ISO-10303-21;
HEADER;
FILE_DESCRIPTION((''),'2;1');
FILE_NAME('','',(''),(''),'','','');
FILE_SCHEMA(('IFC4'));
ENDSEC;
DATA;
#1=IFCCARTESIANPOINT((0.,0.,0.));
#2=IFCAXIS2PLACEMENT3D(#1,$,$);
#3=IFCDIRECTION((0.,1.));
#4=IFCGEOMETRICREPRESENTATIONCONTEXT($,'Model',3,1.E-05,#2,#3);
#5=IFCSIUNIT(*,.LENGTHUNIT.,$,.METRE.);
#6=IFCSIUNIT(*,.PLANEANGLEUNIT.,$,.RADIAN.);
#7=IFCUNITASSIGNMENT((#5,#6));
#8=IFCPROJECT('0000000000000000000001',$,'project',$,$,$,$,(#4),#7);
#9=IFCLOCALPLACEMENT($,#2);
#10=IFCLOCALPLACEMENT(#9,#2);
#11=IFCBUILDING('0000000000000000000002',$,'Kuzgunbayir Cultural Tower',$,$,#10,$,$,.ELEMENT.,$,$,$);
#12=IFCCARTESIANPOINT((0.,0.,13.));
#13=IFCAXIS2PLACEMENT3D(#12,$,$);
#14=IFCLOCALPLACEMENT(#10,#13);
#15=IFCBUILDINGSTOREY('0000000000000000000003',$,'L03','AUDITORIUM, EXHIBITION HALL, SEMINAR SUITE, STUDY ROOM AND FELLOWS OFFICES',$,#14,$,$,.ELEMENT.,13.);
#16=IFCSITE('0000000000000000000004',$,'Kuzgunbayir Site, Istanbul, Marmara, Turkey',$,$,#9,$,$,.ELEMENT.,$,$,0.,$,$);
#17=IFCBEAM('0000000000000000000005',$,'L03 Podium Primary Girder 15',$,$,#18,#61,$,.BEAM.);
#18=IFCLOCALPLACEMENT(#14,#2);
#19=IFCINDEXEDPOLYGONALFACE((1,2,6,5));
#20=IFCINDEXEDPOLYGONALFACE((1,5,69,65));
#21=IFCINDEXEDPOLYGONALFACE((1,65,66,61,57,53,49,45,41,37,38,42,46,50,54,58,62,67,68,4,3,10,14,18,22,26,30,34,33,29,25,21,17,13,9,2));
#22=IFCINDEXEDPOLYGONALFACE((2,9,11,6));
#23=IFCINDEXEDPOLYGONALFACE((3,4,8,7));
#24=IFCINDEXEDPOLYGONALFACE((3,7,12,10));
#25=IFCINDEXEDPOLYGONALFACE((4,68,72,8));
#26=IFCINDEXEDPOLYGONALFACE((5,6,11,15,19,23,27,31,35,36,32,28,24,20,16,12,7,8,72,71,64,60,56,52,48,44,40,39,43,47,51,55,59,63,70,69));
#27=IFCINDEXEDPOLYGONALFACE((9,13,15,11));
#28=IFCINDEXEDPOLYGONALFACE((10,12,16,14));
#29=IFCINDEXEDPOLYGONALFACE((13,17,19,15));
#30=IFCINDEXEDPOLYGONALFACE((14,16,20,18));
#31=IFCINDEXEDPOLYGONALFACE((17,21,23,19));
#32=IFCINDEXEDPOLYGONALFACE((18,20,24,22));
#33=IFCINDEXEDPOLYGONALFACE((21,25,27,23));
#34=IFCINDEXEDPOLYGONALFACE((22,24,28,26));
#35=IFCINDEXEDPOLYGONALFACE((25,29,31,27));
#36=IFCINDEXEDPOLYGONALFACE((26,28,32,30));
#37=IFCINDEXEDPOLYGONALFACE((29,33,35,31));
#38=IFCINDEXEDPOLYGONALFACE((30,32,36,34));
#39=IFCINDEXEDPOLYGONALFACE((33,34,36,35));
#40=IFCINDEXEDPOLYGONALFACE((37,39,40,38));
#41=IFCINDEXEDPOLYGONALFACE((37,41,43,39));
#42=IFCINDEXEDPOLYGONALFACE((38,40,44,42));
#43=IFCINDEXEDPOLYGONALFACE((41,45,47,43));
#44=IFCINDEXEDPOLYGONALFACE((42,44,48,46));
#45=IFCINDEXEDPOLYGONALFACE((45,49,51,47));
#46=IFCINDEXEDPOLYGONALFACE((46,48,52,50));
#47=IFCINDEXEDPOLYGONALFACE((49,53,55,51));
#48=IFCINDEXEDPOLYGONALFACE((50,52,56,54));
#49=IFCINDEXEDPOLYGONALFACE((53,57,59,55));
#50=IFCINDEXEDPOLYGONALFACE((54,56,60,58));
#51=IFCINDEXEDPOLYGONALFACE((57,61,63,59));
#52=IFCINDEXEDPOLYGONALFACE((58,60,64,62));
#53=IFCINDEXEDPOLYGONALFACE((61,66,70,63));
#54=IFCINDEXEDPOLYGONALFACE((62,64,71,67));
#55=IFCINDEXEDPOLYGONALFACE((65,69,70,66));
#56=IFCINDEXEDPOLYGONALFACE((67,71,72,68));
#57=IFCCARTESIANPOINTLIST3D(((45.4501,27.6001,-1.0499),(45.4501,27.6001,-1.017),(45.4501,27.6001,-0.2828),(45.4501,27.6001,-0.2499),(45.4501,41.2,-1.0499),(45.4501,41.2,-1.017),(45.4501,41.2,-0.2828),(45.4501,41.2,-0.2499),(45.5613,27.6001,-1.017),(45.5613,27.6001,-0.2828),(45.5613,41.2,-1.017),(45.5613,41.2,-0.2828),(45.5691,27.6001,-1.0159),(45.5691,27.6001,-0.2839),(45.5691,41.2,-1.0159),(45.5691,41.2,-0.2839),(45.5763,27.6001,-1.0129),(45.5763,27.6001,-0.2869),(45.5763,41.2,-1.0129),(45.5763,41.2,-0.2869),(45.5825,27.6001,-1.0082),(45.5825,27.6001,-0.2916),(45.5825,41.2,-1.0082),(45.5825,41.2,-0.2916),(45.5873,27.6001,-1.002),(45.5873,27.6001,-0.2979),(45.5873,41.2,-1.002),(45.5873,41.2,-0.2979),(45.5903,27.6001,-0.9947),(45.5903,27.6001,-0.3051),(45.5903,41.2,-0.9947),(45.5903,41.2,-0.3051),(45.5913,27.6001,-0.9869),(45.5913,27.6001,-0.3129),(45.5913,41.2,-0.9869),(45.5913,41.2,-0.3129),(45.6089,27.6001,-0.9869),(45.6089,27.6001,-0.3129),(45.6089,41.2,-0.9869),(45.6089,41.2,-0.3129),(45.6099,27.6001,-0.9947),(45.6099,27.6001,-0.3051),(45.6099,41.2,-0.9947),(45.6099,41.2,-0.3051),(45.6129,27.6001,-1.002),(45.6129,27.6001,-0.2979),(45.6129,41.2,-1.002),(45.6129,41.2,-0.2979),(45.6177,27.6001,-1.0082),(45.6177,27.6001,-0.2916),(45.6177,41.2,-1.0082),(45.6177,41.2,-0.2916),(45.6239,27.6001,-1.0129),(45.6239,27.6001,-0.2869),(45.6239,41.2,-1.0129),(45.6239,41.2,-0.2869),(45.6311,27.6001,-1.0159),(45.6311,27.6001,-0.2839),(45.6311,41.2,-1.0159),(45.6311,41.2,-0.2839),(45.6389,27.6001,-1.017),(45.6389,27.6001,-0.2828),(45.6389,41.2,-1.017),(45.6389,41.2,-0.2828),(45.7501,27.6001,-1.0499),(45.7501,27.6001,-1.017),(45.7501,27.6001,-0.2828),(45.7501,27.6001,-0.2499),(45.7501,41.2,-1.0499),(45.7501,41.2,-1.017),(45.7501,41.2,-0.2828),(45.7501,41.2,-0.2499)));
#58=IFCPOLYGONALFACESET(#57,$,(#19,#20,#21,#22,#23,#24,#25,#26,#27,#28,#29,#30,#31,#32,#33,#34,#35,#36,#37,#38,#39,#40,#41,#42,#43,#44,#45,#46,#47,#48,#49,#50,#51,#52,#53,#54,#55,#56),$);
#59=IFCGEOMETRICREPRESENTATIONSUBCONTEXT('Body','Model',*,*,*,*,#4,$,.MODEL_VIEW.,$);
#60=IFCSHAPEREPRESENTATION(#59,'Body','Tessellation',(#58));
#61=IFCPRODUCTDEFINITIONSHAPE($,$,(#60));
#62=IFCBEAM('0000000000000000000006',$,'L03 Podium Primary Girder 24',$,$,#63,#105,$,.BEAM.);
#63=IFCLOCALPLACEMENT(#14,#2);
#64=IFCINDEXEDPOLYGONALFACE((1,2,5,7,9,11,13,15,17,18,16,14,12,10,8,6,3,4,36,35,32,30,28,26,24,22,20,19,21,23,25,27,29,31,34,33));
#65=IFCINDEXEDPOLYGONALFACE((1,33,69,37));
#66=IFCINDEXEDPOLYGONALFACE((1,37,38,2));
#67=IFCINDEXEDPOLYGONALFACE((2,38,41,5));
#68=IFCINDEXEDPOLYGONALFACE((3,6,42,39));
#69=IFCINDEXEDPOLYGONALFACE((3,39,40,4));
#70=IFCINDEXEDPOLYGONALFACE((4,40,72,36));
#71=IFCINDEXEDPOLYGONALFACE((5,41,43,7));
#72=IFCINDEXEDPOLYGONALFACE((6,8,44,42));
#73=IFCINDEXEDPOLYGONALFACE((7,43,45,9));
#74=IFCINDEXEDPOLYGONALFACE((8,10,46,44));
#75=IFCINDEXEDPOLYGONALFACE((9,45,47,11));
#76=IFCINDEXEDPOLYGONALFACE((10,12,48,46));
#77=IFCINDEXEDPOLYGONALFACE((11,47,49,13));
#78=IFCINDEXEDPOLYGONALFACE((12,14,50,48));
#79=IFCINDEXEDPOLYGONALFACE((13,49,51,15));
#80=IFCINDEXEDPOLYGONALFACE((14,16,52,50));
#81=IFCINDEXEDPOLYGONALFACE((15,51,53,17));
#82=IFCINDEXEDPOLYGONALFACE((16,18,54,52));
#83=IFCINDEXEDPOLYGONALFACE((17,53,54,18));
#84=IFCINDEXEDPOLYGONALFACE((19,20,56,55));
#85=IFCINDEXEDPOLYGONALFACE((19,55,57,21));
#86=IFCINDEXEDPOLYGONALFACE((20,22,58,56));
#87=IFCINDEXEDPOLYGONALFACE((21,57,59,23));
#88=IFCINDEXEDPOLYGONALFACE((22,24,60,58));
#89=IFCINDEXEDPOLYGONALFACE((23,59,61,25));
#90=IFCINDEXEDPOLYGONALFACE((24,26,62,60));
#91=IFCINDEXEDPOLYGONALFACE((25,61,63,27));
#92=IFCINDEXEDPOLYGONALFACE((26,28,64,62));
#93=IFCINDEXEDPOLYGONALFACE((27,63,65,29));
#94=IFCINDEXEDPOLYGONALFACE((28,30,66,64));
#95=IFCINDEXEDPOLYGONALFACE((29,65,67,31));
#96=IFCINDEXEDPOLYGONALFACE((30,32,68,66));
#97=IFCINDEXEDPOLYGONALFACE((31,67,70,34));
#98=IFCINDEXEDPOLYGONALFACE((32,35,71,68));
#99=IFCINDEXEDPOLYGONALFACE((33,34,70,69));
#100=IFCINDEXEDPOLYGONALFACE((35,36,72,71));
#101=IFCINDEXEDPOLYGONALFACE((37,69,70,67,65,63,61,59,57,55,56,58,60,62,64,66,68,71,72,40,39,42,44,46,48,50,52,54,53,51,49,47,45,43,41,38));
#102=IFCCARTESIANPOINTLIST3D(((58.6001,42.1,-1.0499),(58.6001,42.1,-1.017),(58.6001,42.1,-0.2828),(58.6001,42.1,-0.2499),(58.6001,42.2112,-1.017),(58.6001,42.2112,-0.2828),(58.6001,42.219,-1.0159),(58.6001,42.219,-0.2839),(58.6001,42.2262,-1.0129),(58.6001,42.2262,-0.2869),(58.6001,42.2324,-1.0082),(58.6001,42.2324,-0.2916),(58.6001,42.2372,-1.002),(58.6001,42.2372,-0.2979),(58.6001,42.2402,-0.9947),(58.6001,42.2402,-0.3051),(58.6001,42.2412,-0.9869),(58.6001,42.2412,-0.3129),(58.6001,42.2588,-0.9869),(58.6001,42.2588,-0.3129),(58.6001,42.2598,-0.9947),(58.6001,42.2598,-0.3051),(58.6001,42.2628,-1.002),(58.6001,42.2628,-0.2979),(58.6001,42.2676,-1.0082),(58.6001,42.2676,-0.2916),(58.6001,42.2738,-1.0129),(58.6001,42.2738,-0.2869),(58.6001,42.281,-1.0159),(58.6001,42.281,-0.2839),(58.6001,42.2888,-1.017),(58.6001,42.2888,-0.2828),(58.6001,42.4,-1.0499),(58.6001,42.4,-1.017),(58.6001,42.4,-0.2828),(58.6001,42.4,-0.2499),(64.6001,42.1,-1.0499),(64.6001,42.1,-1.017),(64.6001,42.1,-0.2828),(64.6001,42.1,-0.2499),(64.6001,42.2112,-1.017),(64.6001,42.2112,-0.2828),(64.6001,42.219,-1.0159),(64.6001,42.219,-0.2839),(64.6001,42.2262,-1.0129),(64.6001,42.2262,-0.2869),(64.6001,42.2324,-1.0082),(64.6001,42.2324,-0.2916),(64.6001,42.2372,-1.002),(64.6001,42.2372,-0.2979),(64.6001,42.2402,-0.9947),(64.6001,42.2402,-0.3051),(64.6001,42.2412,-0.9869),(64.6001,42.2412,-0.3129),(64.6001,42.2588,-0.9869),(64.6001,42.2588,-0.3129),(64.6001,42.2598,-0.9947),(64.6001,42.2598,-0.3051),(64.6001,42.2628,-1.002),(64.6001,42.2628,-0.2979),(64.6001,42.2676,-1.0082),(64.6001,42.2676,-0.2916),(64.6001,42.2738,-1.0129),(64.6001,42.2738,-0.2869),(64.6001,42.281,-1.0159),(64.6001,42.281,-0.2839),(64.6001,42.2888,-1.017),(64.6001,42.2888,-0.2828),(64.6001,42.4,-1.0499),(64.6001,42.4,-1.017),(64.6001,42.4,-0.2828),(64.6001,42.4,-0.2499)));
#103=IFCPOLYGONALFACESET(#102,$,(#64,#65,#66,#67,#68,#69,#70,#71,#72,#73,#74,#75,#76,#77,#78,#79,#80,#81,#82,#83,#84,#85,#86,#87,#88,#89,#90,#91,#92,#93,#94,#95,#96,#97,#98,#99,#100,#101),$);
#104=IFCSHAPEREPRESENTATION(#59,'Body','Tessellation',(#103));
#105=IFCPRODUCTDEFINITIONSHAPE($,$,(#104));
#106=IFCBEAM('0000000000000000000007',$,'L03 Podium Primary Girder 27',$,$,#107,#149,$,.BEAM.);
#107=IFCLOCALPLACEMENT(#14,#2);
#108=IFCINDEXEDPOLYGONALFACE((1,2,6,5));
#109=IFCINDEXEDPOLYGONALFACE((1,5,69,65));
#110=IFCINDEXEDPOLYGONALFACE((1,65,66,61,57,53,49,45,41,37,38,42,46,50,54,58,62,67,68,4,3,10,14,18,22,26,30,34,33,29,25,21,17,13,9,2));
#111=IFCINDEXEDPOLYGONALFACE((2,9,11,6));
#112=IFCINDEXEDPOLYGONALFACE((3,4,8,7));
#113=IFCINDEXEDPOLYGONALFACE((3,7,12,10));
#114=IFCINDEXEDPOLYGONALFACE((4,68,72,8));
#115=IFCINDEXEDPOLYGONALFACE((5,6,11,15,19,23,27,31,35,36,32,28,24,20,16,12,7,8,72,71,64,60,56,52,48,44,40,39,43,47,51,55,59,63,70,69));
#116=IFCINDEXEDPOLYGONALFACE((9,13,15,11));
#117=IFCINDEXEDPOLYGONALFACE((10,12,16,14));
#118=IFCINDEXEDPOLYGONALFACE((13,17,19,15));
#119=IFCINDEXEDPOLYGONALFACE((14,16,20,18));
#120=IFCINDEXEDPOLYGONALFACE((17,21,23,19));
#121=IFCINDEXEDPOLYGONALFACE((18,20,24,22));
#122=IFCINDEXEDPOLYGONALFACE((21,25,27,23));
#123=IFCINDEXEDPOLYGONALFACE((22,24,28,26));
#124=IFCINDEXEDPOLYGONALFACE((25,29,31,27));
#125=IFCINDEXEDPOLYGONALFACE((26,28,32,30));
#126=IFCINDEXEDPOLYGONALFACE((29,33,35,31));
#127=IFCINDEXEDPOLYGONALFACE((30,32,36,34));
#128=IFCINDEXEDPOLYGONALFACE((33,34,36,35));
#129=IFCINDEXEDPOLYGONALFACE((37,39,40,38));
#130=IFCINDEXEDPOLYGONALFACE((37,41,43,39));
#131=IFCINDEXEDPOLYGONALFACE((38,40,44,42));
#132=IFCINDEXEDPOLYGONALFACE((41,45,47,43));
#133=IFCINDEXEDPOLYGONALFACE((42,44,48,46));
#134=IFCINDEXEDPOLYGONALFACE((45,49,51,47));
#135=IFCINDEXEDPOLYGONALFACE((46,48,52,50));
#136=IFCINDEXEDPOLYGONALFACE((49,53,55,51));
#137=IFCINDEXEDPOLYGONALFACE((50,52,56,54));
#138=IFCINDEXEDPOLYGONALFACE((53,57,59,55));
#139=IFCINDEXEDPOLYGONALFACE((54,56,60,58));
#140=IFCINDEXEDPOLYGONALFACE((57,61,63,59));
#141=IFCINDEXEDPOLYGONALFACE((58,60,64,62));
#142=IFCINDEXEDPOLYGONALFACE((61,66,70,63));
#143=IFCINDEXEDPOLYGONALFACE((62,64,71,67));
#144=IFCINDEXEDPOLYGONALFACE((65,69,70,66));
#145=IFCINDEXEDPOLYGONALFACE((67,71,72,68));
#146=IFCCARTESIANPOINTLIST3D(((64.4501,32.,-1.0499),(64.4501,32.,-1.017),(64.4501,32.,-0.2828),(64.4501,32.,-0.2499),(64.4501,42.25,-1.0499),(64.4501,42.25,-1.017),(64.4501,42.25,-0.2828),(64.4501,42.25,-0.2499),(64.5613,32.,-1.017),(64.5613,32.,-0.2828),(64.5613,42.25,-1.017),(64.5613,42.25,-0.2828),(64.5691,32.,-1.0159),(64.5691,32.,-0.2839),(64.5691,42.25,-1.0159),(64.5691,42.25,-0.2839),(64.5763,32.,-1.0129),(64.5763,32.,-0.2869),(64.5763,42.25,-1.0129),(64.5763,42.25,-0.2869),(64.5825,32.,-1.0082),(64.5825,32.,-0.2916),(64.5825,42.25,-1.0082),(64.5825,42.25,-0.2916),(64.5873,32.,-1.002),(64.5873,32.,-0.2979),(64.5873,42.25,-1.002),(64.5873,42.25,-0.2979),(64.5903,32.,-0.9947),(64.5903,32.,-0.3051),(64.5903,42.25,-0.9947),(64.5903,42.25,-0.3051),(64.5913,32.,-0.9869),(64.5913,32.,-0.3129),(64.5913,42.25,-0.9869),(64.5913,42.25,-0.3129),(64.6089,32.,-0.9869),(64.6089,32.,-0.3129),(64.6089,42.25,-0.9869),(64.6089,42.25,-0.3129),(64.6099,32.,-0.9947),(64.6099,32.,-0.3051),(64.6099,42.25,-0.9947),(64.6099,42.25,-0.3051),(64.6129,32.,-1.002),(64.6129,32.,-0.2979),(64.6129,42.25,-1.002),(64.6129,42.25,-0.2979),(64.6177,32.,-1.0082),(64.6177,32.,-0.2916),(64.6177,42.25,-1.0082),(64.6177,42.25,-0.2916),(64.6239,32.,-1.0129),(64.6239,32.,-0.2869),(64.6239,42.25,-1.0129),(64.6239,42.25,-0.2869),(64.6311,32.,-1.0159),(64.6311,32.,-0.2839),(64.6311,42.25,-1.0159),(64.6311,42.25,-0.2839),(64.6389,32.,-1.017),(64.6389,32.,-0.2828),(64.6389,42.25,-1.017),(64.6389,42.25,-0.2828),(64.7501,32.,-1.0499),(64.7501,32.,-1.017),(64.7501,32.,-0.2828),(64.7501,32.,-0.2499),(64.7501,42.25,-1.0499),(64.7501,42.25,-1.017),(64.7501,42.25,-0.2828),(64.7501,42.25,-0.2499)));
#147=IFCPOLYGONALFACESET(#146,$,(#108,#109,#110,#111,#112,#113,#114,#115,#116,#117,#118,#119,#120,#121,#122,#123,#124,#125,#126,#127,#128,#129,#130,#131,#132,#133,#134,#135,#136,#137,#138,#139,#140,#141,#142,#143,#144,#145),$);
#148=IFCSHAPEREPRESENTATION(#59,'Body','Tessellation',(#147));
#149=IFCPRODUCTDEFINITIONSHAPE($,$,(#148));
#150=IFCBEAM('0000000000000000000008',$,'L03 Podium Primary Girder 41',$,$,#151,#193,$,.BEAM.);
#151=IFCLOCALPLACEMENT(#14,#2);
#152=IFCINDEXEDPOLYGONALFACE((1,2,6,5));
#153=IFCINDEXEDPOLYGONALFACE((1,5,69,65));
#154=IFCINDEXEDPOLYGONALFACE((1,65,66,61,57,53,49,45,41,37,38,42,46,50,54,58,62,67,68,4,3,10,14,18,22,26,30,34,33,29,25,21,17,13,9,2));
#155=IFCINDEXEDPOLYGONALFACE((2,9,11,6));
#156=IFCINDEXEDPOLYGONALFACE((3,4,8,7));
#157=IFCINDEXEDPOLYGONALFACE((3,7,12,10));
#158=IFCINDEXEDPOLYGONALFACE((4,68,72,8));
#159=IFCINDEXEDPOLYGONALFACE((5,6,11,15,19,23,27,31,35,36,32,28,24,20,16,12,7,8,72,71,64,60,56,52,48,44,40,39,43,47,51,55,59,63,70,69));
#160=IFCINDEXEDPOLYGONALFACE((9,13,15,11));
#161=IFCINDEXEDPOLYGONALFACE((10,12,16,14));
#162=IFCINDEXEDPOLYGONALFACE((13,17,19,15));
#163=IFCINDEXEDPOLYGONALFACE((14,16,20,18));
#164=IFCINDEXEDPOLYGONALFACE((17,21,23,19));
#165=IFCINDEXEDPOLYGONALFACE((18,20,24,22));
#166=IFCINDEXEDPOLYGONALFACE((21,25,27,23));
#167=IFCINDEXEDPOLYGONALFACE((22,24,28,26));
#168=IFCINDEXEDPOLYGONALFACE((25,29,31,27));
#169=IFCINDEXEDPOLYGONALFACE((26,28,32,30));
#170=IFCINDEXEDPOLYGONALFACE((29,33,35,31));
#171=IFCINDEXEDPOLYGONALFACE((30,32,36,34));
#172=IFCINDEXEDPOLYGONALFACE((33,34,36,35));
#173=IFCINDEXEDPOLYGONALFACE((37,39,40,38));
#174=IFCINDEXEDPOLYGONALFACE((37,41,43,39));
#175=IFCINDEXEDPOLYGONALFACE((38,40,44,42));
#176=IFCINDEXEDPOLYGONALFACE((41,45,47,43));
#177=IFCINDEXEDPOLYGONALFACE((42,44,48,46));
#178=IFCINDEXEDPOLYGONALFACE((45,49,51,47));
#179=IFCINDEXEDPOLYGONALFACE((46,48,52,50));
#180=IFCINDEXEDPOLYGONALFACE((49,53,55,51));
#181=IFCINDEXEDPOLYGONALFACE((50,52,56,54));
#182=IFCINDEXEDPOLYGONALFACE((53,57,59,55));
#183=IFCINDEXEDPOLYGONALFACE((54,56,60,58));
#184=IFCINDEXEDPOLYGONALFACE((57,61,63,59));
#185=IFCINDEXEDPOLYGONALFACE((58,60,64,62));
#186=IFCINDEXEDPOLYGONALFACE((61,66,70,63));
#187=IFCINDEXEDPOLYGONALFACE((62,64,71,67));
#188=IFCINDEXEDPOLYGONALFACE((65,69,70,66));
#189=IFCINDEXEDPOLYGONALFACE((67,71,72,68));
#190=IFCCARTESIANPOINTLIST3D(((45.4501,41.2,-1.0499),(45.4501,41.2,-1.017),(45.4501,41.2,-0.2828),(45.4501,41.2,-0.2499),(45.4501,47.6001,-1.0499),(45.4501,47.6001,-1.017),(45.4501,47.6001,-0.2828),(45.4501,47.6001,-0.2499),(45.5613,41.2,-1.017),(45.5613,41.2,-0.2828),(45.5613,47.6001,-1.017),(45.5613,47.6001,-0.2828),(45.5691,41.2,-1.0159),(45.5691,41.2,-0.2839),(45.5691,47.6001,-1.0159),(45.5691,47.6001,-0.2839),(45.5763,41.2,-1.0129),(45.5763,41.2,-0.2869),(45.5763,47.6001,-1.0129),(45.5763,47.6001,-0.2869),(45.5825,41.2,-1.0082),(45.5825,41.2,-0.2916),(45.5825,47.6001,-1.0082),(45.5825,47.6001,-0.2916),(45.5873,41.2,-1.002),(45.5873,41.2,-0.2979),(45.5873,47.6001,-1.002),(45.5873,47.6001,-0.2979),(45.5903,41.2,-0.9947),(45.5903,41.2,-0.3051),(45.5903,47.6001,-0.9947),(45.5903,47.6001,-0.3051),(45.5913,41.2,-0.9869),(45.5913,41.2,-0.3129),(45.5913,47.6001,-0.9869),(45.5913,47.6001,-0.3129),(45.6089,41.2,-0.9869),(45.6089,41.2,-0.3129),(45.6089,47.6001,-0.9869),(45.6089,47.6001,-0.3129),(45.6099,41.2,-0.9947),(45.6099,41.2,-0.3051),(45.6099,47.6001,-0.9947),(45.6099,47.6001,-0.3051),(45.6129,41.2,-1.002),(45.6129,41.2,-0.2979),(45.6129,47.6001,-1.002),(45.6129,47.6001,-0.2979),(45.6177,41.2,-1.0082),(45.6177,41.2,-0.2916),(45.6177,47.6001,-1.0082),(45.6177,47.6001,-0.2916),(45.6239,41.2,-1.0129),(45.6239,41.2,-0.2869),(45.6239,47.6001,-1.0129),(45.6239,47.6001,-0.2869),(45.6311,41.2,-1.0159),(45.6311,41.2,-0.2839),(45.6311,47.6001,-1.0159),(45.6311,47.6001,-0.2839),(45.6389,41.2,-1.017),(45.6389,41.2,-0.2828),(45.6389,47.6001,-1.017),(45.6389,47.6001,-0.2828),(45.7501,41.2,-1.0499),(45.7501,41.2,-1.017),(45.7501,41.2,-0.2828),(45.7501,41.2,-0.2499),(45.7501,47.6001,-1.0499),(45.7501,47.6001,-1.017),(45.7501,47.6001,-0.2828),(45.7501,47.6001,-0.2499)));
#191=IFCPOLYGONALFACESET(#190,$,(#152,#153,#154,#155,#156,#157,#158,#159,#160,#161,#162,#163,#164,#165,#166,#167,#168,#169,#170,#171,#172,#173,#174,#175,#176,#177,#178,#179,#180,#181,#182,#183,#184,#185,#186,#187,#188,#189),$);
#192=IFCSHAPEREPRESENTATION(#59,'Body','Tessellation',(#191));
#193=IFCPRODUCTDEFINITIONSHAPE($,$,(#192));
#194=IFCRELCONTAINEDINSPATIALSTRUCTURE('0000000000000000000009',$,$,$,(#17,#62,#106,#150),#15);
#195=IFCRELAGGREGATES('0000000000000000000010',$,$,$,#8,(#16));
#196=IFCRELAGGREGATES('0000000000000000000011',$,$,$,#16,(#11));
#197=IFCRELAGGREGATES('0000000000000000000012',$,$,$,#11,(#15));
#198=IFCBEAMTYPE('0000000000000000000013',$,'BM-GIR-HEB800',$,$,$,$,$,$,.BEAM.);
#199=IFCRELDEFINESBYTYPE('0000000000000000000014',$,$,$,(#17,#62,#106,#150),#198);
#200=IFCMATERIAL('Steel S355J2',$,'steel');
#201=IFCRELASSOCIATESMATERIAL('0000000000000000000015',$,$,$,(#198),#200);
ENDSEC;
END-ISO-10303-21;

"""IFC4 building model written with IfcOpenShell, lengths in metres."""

from ifc_helpers import new_model, si_unit, direction, frame, origin, origin_2d, place, context, subcontext, project, spatial, i_section, extrude, material, material_profile, profile_set, type_object, element, save


model = new_model("IFC4")

# Units and contexts
model_context = context("Model", 3, precision=1e-05, world=origin(), true_north=direction((0.0, 1.0)))
body_context = subcontext(model_context, "Body", "Model", "MODEL_VIEW")
ifc_project = project(units=[si_unit("LENGTHUNIT", "METRE"), si_unit("PLANEANGLEUNIT", "RADIAN")], contexts=[model_context])

# Site, building, storey
site_placement = place(None, origin())
site = spatial("IfcSite", under=ifc_project, at=site_placement, Name="Kuzgunbayir Site, Istanbul, Marmara, Turkey", CompositionType="ELEMENT", RefElevation=0.0)
building_placement = place(site_placement, origin())
building = spatial("IfcBuilding", under=site, at=building_placement, Name="Kuzgunbayir Cultural Tower", CompositionType="ELEMENT")
storey_placement = place(building_placement, frame((0.0, 0.0, 13.0)))
storey = spatial("IfcBuildingStorey", under=building, at=storey_placement, Name="L03", Description="AUDITORIUM, EXHIBITION HALL, SEMINAR SUITE, STUDY ROOM AND FELLOWS OFFICES", CompositionType="ELEMENT", Elevation=13.0)

# Beams
ifc_material_1 = material(Name="Steel S355J2", Category="steel")
ifc_material_profile_1 = material_profile(ifc_material_1, i_section(OverallWidth=0.3, OverallDepth=0.8, WebThickness=0.0176, FlangeThickness=0.033, FilletRadius=0.03, at=origin_2d()), Name="HEB 800")
ifc_profile_set_1 = profile_set([ifc_material_profile_1], Name="Steel S355J2")
beam_type_1 = type_object("IfcBeamType", Name="BM-GIR-HEB800", PredefinedType="BEAM", material=ifc_profile_set_1)
for number, where, z_axis, x_axis, name in (
    (1, (45.6001, 27.6001, -0.6499), (0.0, 1.0, 0.0), (-1.0, 0.0, 0.0), "L03 Podium Primary Girder 15"),
):
    element("IfcBeam", number, at=place(storey_placement, frame(where, z_axis=z_axis, x_axis=x_axis)), inside=storey, type_object=beam_type_1, Name=name, PredefinedType="BEAM", context=body_context, shape_type="SweptSolid", body=[
        extrude(i_section(OverallWidth=0.3, OverallDepth=0.8, WebThickness=0.0176, FlangeThickness=0.033, FilletRadius=0.03, at=origin_2d()), origin(), (0.0, 0.0, 1.0), 13.5999),
    ])
beam_1_placement = place(storey_placement, frame((58.6001, 42.25, -0.6499), z_axis=(1.0, 0.0, 0.0), x_axis=(0.0, 1.0, 0.0)))
element("IfcBeam", 2, at=beam_1_placement, inside=storey, type_object=beam_type_1, Name="L03 Podium Primary Girder 24", PredefinedType="BEAM", context=body_context, shape_type="SweptSolid", body=[
    extrude(i_section(OverallWidth=0.3, OverallDepth=0.8, WebThickness=0.0176, FlangeThickness=0.033, FilletRadius=0.03, at=origin_2d()), origin(), (0.0, 0.0, 1.0), 6.0),
])
beam_2_placement = place(storey_placement, frame((64.6001, 32.0, -0.6499), z_axis=(0.0, 1.0, 0.0), x_axis=(-1.0, 0.0, 0.0)))
element("IfcBeam", 3, at=beam_2_placement, inside=storey, type_object=beam_type_1, Name="L03 Podium Primary Girder 27", PredefinedType="BEAM", context=body_context, shape_type="SweptSolid", body=[
    extrude(i_section(OverallWidth=0.3, OverallDepth=0.8, WebThickness=0.0176, FlangeThickness=0.033, FilletRadius=0.03, at=origin_2d()), origin(), (0.0, 0.0, 1.0), 10.25),
])
beam_3_placement = place(storey_placement, frame((45.6001, 41.2, -0.6499), z_axis=(0.0, 1.0, 0.0), x_axis=(-1.0, 0.0, 0.0)))
element("IfcBeam", 4, at=beam_3_placement, inside=storey, type_object=beam_type_1, Name="L03 Podium Primary Girder 41", PredefinedType="BEAM", context=body_context, shape_type="SweptSolid", body=[
    extrude(i_section(OverallWidth=0.3, OverallDepth=0.8, WebThickness=0.0176, FlangeThickness=0.033, FilletRadius=0.03, at=origin_2d()), origin(), (0.0, 0.0, 1.0), 6.4001),
])

save(model, "model.ifc")
